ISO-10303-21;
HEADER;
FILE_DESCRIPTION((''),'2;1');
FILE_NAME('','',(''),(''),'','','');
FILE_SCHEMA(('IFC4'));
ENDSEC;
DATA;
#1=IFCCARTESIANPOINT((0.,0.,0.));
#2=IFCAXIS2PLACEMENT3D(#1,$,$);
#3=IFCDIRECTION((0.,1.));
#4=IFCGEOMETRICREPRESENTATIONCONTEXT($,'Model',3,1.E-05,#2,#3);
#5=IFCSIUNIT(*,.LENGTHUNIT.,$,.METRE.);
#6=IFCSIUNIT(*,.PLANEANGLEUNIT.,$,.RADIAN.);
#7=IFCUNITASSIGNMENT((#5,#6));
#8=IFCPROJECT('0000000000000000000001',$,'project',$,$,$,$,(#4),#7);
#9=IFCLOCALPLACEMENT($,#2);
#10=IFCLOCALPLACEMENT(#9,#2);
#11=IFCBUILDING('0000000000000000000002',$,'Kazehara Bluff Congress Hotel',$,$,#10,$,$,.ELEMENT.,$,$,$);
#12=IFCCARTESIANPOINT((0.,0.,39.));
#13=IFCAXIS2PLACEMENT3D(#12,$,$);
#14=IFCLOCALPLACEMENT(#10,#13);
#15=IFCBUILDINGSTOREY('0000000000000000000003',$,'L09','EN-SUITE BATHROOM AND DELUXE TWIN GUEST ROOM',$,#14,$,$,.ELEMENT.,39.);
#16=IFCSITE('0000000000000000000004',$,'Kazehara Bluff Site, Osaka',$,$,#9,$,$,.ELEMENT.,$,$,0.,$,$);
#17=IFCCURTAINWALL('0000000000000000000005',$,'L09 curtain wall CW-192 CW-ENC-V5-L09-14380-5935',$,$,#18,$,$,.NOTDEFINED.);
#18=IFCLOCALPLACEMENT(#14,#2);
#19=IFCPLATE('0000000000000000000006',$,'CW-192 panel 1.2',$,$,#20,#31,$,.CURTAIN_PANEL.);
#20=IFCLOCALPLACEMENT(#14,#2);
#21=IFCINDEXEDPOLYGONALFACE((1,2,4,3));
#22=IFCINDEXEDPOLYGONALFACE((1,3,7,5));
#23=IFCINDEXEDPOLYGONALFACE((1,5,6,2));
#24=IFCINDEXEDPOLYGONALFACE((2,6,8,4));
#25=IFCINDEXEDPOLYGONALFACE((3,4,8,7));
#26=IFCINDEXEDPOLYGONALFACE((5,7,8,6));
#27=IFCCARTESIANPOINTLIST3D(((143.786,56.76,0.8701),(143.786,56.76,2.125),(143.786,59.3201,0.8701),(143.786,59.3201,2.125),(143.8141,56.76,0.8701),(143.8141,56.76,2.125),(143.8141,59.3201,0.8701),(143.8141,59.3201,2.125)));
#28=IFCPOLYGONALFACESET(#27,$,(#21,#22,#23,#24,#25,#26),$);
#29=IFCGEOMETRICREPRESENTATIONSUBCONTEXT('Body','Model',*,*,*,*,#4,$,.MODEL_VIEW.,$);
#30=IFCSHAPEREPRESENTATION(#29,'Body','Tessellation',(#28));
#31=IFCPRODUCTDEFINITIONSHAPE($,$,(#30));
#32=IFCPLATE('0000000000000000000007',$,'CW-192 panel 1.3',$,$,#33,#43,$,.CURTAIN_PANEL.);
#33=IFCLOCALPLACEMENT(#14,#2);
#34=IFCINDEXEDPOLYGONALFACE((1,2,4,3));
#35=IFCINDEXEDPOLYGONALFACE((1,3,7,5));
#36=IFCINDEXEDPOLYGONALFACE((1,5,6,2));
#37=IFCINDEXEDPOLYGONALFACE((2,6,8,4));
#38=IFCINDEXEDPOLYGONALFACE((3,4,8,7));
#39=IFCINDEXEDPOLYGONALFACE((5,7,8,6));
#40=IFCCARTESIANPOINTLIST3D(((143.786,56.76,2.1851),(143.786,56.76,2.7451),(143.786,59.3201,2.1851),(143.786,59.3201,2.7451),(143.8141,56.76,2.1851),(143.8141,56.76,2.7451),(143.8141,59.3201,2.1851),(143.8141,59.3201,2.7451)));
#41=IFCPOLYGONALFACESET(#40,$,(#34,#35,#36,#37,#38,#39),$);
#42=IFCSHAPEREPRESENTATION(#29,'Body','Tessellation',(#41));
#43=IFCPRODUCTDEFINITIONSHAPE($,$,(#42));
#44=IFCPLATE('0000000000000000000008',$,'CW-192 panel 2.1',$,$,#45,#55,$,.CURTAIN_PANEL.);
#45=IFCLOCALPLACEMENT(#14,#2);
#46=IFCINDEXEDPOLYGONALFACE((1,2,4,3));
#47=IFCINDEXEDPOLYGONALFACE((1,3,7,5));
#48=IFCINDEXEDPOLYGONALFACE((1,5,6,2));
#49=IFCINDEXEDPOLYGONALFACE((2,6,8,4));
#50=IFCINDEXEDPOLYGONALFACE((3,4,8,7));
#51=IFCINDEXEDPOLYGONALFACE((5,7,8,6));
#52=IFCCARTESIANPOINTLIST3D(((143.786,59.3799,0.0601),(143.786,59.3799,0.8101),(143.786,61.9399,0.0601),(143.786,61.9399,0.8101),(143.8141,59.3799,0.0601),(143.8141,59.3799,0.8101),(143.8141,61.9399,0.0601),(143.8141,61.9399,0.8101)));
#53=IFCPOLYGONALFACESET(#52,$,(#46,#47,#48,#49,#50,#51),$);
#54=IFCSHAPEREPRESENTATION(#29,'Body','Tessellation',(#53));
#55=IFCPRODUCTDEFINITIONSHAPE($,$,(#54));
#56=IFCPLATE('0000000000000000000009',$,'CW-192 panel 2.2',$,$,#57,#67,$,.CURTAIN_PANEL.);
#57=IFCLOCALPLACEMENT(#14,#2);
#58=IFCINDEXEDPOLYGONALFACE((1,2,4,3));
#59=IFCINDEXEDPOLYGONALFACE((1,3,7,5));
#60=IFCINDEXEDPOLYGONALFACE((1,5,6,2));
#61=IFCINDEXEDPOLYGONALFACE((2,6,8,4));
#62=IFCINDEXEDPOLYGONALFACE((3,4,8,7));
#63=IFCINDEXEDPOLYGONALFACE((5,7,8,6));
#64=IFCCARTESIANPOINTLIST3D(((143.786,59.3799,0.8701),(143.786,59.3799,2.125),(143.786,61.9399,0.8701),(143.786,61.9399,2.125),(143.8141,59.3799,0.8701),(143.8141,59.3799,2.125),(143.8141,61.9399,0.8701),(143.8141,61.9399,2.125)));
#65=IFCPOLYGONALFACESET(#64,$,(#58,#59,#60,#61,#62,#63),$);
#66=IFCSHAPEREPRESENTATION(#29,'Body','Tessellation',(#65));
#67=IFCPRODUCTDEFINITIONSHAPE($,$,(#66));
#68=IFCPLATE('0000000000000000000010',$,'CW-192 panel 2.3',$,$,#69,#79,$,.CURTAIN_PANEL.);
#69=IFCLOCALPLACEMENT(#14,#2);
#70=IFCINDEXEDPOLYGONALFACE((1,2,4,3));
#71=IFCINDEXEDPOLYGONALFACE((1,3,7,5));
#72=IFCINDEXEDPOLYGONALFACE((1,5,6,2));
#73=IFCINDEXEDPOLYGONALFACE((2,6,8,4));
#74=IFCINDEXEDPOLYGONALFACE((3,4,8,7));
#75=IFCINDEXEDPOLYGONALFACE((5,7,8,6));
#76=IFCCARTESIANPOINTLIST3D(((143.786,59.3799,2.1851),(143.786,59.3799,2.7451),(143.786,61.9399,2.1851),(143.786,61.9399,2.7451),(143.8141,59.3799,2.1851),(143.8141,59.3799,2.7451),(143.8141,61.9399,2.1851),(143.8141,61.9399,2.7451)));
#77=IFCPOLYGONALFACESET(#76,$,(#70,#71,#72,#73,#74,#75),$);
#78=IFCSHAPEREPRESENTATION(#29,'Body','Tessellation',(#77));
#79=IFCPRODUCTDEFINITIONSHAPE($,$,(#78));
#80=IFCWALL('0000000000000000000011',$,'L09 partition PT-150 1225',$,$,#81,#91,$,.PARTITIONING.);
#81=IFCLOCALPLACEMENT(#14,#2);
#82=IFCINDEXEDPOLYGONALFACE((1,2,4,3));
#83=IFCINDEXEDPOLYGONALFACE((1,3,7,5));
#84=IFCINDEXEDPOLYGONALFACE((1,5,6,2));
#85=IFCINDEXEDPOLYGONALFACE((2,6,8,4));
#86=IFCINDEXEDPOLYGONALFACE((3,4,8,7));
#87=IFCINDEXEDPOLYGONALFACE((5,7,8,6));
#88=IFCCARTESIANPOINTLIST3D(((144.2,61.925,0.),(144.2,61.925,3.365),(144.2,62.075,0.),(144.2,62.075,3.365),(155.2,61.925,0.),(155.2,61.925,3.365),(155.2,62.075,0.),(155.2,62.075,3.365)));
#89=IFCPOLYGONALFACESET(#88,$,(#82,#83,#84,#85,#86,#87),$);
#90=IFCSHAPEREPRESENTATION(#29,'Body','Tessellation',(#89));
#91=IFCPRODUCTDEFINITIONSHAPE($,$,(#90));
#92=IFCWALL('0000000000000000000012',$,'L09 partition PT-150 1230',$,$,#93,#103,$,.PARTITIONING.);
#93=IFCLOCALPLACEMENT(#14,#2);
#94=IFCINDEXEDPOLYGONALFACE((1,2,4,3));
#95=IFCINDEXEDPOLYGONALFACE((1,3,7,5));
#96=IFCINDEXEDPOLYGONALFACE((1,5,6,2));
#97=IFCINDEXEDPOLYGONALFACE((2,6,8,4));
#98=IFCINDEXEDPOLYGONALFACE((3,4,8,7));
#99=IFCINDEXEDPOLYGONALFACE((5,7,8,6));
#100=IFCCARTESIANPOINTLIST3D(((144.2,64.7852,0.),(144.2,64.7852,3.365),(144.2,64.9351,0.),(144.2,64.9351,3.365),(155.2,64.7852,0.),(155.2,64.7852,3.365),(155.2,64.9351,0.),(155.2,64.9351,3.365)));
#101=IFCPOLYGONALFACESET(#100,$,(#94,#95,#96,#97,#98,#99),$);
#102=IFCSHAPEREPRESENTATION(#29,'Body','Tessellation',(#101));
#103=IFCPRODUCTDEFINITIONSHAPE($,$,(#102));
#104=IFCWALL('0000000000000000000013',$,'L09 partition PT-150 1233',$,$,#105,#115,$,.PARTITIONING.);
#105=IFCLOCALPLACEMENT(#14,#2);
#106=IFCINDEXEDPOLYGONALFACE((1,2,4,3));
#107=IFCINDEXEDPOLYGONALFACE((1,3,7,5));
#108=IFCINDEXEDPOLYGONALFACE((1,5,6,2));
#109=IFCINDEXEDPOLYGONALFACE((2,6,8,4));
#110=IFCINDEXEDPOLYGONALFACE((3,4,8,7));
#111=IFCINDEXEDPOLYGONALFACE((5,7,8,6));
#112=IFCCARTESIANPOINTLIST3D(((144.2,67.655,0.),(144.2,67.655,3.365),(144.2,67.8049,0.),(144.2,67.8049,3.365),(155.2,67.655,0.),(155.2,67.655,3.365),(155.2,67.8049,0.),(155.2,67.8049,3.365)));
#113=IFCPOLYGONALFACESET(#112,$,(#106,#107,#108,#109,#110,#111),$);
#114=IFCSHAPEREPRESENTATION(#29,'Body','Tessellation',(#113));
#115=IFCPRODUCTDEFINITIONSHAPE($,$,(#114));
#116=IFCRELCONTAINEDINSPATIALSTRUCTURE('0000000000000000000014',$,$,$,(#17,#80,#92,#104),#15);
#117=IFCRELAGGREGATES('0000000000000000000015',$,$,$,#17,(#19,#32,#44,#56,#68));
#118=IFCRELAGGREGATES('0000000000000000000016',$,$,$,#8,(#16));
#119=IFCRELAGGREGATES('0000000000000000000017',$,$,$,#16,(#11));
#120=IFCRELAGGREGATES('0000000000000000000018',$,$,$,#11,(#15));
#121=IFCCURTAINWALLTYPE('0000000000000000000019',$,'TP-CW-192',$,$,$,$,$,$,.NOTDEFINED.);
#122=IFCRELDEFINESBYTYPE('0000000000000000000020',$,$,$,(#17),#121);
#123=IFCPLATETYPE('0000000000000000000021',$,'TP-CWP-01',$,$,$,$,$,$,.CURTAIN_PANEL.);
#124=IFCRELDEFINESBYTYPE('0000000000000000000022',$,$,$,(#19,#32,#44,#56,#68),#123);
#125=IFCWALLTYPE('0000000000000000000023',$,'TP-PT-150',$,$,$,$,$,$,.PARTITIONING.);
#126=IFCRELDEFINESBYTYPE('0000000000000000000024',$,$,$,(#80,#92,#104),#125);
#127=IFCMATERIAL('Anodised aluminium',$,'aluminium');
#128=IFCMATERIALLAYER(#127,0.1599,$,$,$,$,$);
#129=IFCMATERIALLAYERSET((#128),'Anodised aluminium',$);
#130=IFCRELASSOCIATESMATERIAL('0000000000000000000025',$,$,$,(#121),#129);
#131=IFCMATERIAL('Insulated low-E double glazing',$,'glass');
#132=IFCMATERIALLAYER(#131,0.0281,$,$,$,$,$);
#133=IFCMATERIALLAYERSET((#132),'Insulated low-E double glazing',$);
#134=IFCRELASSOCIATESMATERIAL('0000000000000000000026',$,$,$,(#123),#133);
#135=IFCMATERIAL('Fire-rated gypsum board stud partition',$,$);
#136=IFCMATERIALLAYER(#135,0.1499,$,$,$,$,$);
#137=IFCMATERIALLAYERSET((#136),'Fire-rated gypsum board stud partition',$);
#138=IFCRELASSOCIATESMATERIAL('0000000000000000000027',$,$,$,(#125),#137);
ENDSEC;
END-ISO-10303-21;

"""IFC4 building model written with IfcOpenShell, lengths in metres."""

from ifc_helpers import new_model, si_unit, direction, frame, frame_2d, origin, origin_2d, place, context, subcontext, project, spatial, rectangle, extrude, material, layer, layer_set, type_object, element, aggregate, save


model = new_model("IFC4")

# Units and contexts
model_context = context("Model", 3, precision=1e-05, world=origin(), true_north=direction((0.0, 1.0)))
body_context = subcontext(model_context, "Body", "Model", "MODEL_VIEW")
ifc_project = project(units=[si_unit("LENGTHUNIT", "METRE"), si_unit("PLANEANGLEUNIT", "RADIAN")], contexts=[model_context])

# Site, building, storey
site_placement = place(None, origin())
site = spatial("IfcSite", under=ifc_project, at=site_placement, Name="Kazehara Bluff Site, Osaka", CompositionType="ELEMENT", RefElevation=0.0)
building_placement = place(site_placement, origin())
building = spatial("IfcBuilding", under=site, at=building_placement, Name="Kazehara Bluff Congress Hotel", CompositionType="ELEMENT")
storey_placement = place(building_placement, frame((0.0, 0.0, 39.0)))
storey = spatial("IfcBuildingStorey", under=building, at=storey_placement, Name="L09", Description="EN-SUITE BATHROOM AND DELUXE TWIN GUEST ROOM", CompositionType="ELEMENT", Elevation=39.0)

# Curtain wall
ifc_material_1 = material(Name="Anodised aluminium", Category="aluminium")
ifc_layer_1 = layer(ifc_material_1, 0.1599)
ifc_layer_set_1 = layer_set([ifc_layer_1], Name="Anodised aluminium")
curtain_wall_type = type_object("IfcCurtainWallType", Name="TP-CW-192", PredefinedType="NOTDEFINED", material=ifc_layer_set_1)
curtain_wall_placement = place(storey_placement, origin())
curtain_wall = element("IfcCurtainWall", 1, at=curtain_wall_placement, inside=storey, type_object=curtain_wall_type, Name="L09 curtain wall CW-192 CW-ENC-V5-L09-14380-5935", PredefinedType="NOTDEFINED")

# Plates
ifc_material_2 = material(Name="Insulated low-E double glazing", Category="glass")
ifc_layer_2 = layer(ifc_material_2, 0.0281)
ifc_layer_set_2 = layer_set([ifc_layer_2], Name="Insulated low-E double glazing")
plate_type = type_object("IfcPlateType", Name="TP-CWP-01", PredefinedType="CURTAIN_PANEL", material=ifc_layer_set_2)
plate_1_placement = place(storey_placement, frame((143.8, 58.04, 0.8701), z_axis=(0.0, 0.0, 1.0), x_axis=(0.0, 1.0, 0.0)))
plate_1 = element("IfcPlate", 2, at=plate_1_placement, type_object=plate_type, Name="CW-192 panel 1.2", PredefinedType="CURTAIN_PANEL", context=body_context, shape_type="SweptSolid", body=[
    extrude(rectangle(XDim=2.5601, YDim=0.0281, at=origin_2d()), origin(), (0.0, 0.0, 1.0), 1.2549),
])
plate_2_placement = place(storey_placement, frame((143.8, 58.04, 2.1851), z_axis=(0.0, 0.0, 1.0), x_axis=(0.0, 1.0, 0.0)))
plate_2 = element("IfcPlate", 3, at=plate_2_placement, type_object=plate_type, Name="CW-192 panel 1.3", PredefinedType="CURTAIN_PANEL", context=body_context, shape_type="SweptSolid", body=[
    extrude(rectangle(XDim=2.5601, YDim=0.0281, at=origin_2d()), origin(), (0.0, 0.0, 1.0), 0.5601),
])
plate_3_placement = place(storey_placement, frame((143.8, 60.6599, 0.0601), z_axis=(0.0, 0.0, 1.0), x_axis=(0.0, 1.0, 0.0)))
plate_3 = element("IfcPlate", 4, at=plate_3_placement, type_object=plate_type, Name="CW-192 panel 2.1", PredefinedType="CURTAIN_PANEL", context=body_context, shape_type="SweptSolid", body=[
    extrude(rectangle(XDim=2.5601, YDim=0.0281, at=origin_2d()), origin(), (0.0, 0.0, 1.0), 0.75),
])
plate_4_placement = place(storey_placement, frame((143.8, 60.6599, 0.8701), z_axis=(0.0, 0.0, 1.0), x_axis=(0.0, 1.0, 0.0)))
plate_4 = element("IfcPlate", 5, at=plate_4_placement, type_object=plate_type, Name="CW-192 panel 2.2", PredefinedType="CURTAIN_PANEL", context=body_context, shape_type="SweptSolid", body=[
    extrude(rectangle(XDim=2.5601, YDim=0.0281, at=origin_2d()), origin(), (0.0, 0.0, 1.0), 1.2549),
])
plate_5_placement = place(storey_placement, frame((143.8, 60.6599, 2.1851), z_axis=(0.0, 0.0, 1.0), x_axis=(0.0, 1.0, 0.0)))
plate_5 = element("IfcPlate", 6, at=plate_5_placement, type_object=plate_type, Name="CW-192 panel 2.3", PredefinedType="CURTAIN_PANEL", context=body_context, shape_type="SweptSolid", body=[
    extrude(rectangle(XDim=2.5601, YDim=0.0281, at=origin_2d()), origin(), (0.0, 0.0, 1.0), 0.5601),
])
aggregate(curtain_wall, [plate_1, plate_2, plate_3, plate_4, plate_5])

# Walls
ifc_material_3 = material(Name="Fire-rated gypsum board stud partition")
ifc_layer_3 = layer(ifc_material_3, 0.1499)
ifc_layer_set_3 = layer_set([ifc_layer_3], Name="Fire-rated gypsum board stud partition")
wall_type = type_object("IfcWallType", Name="TP-PT-150", PredefinedType="PARTITIONING", material=ifc_layer_set_3)
for number, where, z_axis, x_axis, name in (
    (7, (144.2, 62.0, 0.0), (0.0, 0.0, 1.0), (1.0, 0.0, 0.0), "L09 partition PT-150 1225"),
    (8, (144.2, 64.8601, 0.0), (0.0, 0.0, 1.0), (1.0, 0.0, 0.0), "L09 partition PT-150 1230"),
    (9, (144.2, 67.73, 0.0), (0.0, 0.0, 1.0), (1.0, 0.0, 0.0), "L09 partition PT-150 1233"),
):
    element("IfcWall", number, at=place(storey_placement, frame(where, z_axis=z_axis, x_axis=x_axis)), inside=storey, type_object=wall_type, Name=name, PredefinedType="PARTITIONING", context=body_context, shape_type="SweptSolid", body=[
        extrude(rectangle(XDim=11.0, YDim=0.1499, at=frame_2d((5.5, 0.0))), origin(), (0.0, 0.0, 1.0), 3.365),
    ])

save(model, "model.ifc")
